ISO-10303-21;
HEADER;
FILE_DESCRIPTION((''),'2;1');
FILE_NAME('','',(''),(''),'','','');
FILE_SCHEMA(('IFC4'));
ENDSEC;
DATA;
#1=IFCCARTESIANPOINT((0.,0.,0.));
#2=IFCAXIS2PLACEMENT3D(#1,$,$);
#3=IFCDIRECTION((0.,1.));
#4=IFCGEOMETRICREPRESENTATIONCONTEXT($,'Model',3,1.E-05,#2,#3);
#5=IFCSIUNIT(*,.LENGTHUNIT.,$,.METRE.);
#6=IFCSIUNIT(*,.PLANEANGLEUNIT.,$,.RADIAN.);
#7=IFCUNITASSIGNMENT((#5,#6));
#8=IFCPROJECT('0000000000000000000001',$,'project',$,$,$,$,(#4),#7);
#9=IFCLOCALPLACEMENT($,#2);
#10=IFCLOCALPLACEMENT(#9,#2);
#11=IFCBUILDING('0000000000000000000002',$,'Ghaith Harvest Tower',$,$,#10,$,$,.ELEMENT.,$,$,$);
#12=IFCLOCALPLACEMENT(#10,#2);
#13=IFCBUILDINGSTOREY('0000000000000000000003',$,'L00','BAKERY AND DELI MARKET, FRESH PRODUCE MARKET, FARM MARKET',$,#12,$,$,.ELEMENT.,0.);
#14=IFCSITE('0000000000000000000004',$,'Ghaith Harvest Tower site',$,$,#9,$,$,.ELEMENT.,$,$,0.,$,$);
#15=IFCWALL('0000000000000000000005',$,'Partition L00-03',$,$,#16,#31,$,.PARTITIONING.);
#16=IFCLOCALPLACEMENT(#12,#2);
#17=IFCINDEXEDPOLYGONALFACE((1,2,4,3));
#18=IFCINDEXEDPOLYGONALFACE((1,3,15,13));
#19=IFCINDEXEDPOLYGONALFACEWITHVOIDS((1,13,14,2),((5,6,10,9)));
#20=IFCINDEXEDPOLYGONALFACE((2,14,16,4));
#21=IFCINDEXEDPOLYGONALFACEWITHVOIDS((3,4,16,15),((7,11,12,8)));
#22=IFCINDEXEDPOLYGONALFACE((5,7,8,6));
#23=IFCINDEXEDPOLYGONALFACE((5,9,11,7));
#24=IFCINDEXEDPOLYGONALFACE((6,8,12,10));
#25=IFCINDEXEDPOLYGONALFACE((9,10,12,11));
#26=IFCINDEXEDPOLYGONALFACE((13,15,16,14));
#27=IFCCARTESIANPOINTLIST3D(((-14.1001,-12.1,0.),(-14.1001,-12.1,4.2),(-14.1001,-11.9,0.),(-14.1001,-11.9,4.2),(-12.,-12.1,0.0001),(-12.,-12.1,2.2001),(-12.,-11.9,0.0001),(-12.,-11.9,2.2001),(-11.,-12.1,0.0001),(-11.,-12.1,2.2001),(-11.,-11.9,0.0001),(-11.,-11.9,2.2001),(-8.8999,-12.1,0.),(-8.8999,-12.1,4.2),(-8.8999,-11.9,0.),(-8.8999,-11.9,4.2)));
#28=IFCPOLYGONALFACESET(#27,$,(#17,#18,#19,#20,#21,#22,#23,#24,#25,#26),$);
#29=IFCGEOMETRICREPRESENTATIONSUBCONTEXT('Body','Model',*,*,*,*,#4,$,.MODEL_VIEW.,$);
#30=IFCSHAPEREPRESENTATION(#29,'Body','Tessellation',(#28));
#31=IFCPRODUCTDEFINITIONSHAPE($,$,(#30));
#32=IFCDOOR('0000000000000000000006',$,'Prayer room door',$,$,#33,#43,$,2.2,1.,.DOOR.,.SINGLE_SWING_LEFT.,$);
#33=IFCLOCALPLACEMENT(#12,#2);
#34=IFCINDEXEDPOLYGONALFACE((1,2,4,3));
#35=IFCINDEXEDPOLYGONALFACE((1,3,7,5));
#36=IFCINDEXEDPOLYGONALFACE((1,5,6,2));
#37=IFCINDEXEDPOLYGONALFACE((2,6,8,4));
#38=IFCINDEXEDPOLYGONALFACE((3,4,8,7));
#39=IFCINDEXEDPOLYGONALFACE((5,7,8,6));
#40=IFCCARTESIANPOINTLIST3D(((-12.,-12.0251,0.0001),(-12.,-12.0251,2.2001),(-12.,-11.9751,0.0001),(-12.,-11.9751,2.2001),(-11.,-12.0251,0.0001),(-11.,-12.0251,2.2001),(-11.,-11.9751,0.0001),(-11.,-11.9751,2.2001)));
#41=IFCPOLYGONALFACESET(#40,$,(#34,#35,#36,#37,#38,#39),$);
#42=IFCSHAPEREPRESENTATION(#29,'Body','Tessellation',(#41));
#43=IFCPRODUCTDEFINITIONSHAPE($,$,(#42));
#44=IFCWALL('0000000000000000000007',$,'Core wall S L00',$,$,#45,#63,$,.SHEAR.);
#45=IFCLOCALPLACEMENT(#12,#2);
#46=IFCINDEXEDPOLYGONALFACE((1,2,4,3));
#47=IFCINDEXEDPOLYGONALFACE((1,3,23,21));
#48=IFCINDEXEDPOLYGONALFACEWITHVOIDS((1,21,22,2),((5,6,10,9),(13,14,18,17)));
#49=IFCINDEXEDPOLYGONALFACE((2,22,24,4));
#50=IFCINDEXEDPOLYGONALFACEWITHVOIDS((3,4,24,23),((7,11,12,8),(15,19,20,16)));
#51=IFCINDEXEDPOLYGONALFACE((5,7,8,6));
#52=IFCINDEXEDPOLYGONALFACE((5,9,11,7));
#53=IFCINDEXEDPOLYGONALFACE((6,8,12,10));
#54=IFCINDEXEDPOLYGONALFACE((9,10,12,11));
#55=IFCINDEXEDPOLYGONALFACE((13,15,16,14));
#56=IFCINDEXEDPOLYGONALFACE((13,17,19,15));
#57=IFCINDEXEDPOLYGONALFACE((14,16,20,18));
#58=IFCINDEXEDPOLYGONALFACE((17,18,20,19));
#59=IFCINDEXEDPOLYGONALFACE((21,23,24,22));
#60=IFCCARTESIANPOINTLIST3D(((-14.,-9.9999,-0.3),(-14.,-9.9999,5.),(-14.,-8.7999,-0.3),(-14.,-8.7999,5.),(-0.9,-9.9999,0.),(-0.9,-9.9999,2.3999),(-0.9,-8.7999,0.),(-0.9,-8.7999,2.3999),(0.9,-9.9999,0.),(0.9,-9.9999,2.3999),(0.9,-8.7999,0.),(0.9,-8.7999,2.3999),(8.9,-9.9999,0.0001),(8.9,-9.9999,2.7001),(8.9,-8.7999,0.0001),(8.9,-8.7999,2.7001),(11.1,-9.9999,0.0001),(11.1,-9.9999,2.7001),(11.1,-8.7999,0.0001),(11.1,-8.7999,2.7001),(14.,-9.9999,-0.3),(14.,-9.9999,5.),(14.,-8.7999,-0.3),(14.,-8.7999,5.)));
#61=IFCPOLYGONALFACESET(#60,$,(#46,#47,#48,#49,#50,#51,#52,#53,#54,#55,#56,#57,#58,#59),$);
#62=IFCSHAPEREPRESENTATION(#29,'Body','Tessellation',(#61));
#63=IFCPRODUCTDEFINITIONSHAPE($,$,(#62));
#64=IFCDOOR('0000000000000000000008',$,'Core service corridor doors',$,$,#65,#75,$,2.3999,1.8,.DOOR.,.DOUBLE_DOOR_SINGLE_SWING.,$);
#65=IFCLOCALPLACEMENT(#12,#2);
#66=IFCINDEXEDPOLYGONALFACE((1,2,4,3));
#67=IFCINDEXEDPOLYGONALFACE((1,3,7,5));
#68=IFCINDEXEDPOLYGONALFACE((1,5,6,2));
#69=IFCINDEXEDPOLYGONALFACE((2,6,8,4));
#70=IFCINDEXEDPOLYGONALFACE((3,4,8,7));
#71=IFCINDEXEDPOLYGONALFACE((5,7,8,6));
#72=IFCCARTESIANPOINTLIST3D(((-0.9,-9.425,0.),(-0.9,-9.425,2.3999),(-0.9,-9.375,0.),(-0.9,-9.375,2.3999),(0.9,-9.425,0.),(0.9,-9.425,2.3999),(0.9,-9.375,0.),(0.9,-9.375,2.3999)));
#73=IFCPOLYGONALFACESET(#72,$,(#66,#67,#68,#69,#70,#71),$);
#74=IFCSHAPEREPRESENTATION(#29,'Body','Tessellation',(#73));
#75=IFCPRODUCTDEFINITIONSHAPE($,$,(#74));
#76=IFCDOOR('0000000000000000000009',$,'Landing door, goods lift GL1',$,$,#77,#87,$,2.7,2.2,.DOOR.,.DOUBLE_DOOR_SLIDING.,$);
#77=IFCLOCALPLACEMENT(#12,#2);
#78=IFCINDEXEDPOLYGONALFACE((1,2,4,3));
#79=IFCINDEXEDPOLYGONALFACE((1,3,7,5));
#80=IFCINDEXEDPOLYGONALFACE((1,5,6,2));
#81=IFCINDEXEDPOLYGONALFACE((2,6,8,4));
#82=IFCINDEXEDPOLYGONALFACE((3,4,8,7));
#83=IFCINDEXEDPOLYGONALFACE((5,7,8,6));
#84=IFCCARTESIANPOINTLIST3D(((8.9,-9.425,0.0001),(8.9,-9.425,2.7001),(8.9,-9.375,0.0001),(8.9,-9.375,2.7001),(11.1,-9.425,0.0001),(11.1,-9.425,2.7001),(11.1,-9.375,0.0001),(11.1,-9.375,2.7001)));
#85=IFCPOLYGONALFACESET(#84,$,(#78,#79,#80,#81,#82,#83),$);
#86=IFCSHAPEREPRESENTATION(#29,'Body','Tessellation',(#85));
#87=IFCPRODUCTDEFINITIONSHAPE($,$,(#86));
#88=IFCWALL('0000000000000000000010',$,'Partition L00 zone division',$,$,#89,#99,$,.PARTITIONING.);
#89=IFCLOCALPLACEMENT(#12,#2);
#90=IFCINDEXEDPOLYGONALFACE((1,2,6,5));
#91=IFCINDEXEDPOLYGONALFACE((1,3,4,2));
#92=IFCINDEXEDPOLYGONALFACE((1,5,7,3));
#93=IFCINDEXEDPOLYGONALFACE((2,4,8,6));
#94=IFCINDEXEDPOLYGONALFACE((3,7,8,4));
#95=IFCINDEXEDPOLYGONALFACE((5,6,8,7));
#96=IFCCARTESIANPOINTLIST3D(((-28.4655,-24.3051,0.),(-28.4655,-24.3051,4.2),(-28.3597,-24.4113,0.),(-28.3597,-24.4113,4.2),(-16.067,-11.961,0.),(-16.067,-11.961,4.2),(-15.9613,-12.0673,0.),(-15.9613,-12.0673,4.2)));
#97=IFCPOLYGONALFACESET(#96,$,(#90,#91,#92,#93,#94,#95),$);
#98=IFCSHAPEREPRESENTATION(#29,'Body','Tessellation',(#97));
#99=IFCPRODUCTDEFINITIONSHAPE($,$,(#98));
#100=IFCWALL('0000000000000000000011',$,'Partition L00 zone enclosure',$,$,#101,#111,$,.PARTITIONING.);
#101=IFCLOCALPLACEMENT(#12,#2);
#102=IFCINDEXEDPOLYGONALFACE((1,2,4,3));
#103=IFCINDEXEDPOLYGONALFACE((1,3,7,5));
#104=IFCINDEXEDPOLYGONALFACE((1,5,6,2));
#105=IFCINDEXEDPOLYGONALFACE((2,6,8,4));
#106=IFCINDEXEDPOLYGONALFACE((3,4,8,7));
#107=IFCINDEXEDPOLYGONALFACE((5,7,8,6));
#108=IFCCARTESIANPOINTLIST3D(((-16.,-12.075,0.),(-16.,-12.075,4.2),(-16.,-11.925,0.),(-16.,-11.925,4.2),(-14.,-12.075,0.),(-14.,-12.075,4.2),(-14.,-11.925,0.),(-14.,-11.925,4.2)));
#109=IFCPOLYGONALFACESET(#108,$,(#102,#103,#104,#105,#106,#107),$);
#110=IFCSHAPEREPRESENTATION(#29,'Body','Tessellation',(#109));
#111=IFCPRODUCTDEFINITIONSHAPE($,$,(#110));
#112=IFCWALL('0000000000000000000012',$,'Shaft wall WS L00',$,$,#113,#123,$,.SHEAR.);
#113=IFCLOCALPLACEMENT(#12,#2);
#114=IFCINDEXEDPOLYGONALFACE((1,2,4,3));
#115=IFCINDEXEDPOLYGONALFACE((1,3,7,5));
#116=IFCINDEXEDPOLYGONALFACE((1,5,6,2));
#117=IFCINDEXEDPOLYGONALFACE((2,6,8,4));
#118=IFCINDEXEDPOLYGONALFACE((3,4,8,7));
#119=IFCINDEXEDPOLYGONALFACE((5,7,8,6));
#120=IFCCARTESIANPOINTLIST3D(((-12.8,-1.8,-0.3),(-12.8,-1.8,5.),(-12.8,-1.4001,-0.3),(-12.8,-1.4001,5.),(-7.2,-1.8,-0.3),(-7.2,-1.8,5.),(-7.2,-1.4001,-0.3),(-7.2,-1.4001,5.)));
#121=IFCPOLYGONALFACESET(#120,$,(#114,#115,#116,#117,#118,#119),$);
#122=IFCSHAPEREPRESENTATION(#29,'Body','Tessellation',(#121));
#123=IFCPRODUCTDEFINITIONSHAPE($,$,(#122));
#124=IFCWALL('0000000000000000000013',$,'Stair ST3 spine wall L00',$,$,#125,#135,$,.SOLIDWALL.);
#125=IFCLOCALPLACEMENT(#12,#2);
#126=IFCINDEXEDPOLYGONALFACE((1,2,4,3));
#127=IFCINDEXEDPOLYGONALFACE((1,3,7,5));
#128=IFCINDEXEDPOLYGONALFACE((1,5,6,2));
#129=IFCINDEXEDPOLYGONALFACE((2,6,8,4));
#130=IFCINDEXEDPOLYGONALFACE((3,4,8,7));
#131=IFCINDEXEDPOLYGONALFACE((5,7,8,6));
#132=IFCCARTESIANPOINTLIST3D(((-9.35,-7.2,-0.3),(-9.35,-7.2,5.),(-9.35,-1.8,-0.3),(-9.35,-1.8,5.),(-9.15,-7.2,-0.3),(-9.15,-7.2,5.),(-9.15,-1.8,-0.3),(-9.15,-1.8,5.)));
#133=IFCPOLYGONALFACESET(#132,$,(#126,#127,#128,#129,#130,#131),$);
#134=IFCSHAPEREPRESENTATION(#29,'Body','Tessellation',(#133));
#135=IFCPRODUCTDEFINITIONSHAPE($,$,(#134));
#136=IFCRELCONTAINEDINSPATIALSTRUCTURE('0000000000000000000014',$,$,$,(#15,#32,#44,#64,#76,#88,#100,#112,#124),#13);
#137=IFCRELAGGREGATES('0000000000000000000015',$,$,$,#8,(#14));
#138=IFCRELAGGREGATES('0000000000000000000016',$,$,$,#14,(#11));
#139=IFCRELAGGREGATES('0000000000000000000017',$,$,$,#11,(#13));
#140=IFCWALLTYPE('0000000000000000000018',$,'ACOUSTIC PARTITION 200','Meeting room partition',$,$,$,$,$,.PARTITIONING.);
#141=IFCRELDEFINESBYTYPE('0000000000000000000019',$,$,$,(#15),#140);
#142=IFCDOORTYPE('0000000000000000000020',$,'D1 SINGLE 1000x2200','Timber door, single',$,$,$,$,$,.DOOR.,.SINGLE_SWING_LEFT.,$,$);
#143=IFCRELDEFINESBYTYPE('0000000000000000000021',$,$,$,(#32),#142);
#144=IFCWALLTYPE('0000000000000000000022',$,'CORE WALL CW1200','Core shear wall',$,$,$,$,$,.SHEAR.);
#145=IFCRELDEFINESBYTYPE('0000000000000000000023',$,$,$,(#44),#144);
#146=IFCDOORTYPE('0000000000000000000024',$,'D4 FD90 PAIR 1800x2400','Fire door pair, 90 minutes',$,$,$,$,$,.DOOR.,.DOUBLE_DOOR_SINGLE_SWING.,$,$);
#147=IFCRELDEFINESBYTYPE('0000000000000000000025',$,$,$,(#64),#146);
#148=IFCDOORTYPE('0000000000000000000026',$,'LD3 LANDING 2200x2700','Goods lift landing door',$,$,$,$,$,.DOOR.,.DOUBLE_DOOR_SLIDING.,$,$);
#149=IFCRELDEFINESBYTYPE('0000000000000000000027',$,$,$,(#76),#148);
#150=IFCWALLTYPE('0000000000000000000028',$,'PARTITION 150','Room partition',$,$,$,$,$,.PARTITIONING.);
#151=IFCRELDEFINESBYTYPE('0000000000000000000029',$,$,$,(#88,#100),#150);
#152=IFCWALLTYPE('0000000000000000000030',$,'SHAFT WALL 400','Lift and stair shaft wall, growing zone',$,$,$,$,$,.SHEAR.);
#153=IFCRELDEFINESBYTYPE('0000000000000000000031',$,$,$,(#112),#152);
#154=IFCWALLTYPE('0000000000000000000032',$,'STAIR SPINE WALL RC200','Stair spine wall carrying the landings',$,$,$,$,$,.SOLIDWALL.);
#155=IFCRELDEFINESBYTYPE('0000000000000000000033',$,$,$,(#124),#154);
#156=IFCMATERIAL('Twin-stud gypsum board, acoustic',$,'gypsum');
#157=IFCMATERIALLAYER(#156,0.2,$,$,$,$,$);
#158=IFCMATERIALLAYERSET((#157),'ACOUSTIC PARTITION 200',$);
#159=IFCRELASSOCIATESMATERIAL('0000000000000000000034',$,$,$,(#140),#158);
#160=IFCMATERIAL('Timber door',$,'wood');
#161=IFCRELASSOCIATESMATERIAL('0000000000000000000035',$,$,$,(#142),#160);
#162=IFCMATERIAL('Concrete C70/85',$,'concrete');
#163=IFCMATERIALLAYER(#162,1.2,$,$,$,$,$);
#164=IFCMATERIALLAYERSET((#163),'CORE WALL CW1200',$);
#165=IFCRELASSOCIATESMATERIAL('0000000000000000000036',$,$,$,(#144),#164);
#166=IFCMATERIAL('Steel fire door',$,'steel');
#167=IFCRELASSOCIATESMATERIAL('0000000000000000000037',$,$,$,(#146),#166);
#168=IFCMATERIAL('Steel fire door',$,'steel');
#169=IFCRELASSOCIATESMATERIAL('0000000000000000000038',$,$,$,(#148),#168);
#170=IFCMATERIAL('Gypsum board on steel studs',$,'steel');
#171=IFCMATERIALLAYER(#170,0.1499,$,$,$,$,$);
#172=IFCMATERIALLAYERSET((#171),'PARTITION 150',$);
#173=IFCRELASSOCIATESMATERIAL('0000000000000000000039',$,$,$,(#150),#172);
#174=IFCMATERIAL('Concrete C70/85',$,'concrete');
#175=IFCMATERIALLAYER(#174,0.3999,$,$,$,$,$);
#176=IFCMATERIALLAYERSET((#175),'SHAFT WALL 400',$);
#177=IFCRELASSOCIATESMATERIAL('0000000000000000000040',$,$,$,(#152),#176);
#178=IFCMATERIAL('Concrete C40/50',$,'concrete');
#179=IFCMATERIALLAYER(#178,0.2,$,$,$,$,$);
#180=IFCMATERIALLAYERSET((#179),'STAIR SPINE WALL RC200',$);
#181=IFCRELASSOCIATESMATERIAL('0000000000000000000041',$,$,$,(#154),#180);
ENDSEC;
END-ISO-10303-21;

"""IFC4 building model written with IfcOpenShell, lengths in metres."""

from ifc_helpers import new_model, si_unit, direction, frame, frame_2d, origin, place, context, subcontext, project, spatial, rectangle, extrude, material, layer, layer_set, type_object, element, fill, save


model = new_model("IFC4")

# Units and contexts
model_context = context("Model", 3, precision=1e-05, world=origin(), true_north=direction((0.0, 1.0)))
body_context = subcontext(model_context, "Body", "Model", "MODEL_VIEW")
ifc_project = project(units=[si_unit("LENGTHUNIT", "METRE"), si_unit("PLANEANGLEUNIT", "RADIAN")], contexts=[model_context])

# Site, building, storey
site_placement = place(None, origin())
site = spatial("IfcSite", under=ifc_project, at=site_placement, Name="Ghaith Harvest Tower site", CompositionType="ELEMENT", RefElevation=0.0)
building_placement = place(site_placement, origin())
building = spatial("IfcBuilding", under=site, at=building_placement, Name="Ghaith Harvest Tower", CompositionType="ELEMENT")
storey_placement = place(building_placement, origin())
storey = spatial("IfcBuildingStorey", under=building, at=storey_placement, Name="L00", Description="BAKERY AND DELI MARKET, FRESH PRODUCE MARKET, FARM MARKET", CompositionType="ELEMENT", Elevation=0.0)

# Wall, opening, door
ifc_material_1 = material(Name="Twin-stud gypsum board, acoustic", Category="gypsum")
ifc_layer_1 = layer(ifc_material_1, 0.2)
ifc_layer_set_1 = layer_set([ifc_layer_1], Name="ACOUSTIC PARTITION 200")
wall_type_1 = type_object("IfcWallType", Name="ACOUSTIC PARTITION 200", Description="Meeting room partition", PredefinedType="PARTITIONING", material=ifc_layer_set_1)
wall_1_placement = place(storey_placement, frame((-14.1001, -12.0, 0.0), z_axis=(0.0, 0.0, 1.0), x_axis=(1.0, 0.0, 0.0)))
wall_1 = element("IfcWall", 1, at=wall_1_placement, inside=storey, type_object=wall_type_1, Name="Partition L00-03", PredefinedType="PARTITIONING", context=body_context, shape_type="SweptSolid", body=[
    extrude(rectangle(XDim=5.2002, YDim=0.2, at=frame_2d((2.6001, 0.0))), origin(), (0.0, 0.0, 1.0), 4.2),
])
opening_1_placement = place(wall_1_placement, frame((2.1001, 0.0, 0.0)))
opening_1 = element("IfcOpeningElement", 2, at=opening_1_placement, cuts=wall_1, PredefinedType="OPENING", context=body_context, shape_type="SweptSolid", body=[
    extrude(rectangle(XDim=1.0, YDim=2.2, at=frame_2d((0.5, 1.1001))), frame((0.0, 0.1099, 0.0), z_axis=(0.0, -1.0, 0.0), x_axis=(1.0, 0.0, 0.0)), (0.0, 0.0, 1.0), 0.22),
])
ifc_material_2 = material(Name="Timber door", Category="wood")
door_type_1 = type_object("IfcDoorType", Name="D1 SINGLE 1000x2200", Description="Timber door, single", OperationType="SINGLE_SWING_LEFT", PredefinedType="DOOR", material=ifc_material_2)
door_1_placement = place(opening_1_placement, origin())
door_1 = element("IfcDoor", 3, at=door_1_placement, inside=storey, type_object=door_type_1, Name="Prayer room door", OperationType="SINGLE_SWING_LEFT", OverallHeight=2.2, OverallWidth=1.0, PredefinedType="DOOR", context=body_context, shape_type="SweptSolid", body=[
    extrude(rectangle(XDim=1.0, YDim=2.2, at=frame_2d((0.5, 1.1001))), frame((0.0, 0.0249, 0.0), z_axis=(0.0, -1.0, 0.0), x_axis=(1.0, 0.0, 0.0)), (0.0, 0.0, 1.0), 0.05),
])
fill(opening_1, door_1)

# Wall, openings, doors
ifc_material_3 = material(Name="Concrete C70/85", Category="concrete")
ifc_layer_2 = layer(ifc_material_3, 1.2)
ifc_layer_set_2 = layer_set([ifc_layer_2], Name="CORE WALL CW1200")
wall_type_2 = type_object("IfcWallType", Name="CORE WALL CW1200", Description="Core shear wall", PredefinedType="SHEAR", material=ifc_layer_set_2)
wall_2_placement = place(storey_placement, frame((-14.0, -9.3999, -0.3), z_axis=(0.0, 0.0, 1.0), x_axis=(1.0, 0.0, 0.0)))
wall_2 = element("IfcWall", 4, at=wall_2_placement, inside=storey, type_object=wall_type_2, Name="Core wall S L00", PredefinedType="SHEAR", context=body_context, shape_type="SweptSolid", body=[
    extrude(rectangle(XDim=28.0, YDim=1.2, at=frame_2d((14.0, 0.0))), origin(), (0.0, 0.0, 1.0), 5.3),
])
opening_2_placement = place(wall_2_placement, frame((13.1001, 0.0, 0.3)))
opening_2 = element("IfcOpeningElement", 5, at=opening_2_placement, cuts=wall_2, PredefinedType="OPENING", context=body_context, shape_type="SweptSolid", body=[
    extrude(rectangle(XDim=1.8, YDim=2.3999, at=frame_2d((0.8999, 1.2))), frame((0.0, 0.6099, 0.0), z_axis=(0.0, -1.0, 0.0), x_axis=(1.0, 0.0, 0.0)), (0.0, 0.0, 1.0), 1.22),
])
opening_3_placement = place(wall_2_placement, frame((22.8999, 0.0, 0.3)))
opening_3 = element("IfcOpeningElement", 6, at=opening_3_placement, cuts=wall_2, PredefinedType="OPENING", context=body_context, shape_type="SweptSolid", body=[
    extrude(rectangle(XDim=2.2, YDim=2.7, at=frame_2d((1.1001, 1.3501))), frame((0.0, 0.6099, 0.0), z_axis=(0.0, -1.0, 0.0), x_axis=(1.0, 0.0, 0.0)), (0.0, 0.0, 1.0), 1.22),
])
ifc_material_4 = material(Name="Steel fire door", Category="steel")
door_type_2 = type_object("IfcDoorType", Name="D4 FD90 PAIR 1800x2400", Description="Fire door pair, 90 minutes", OperationType="DOUBLE_DOOR_SINGLE_SWING", PredefinedType="DOOR", material=ifc_material_4)
door_2_placement = place(opening_2_placement, origin())
door_2 = element("IfcDoor", 7, at=door_2_placement, inside=storey, type_object=door_type_2, Name="Core service corridor doors", OperationType="DOUBLE_DOOR_SINGLE_SWING", OverallHeight=2.3999, OverallWidth=1.8, PredefinedType="DOOR", context=body_context, shape_type="SweptSolid", body=[
    extrude(rectangle(XDim=1.8, YDim=2.3999, at=frame_2d((0.8999, 1.2))), frame((0.0, 0.0249, 0.0), z_axis=(0.0, -1.0, 0.0), x_axis=(1.0, 0.0, 0.0)), (0.0, 0.0, 1.0), 0.05),
])
fill(opening_2, door_2)
ifc_material_5 = material(Name="Steel fire door", Category="steel")
door_type_3 = type_object("IfcDoorType", Name="LD3 LANDING 2200x2700", Description="Goods lift landing door", OperationType="DOUBLE_DOOR_SLIDING", PredefinedType="DOOR", material=ifc_material_5)
door_3_placement = place(opening_3_placement, origin())
door_3 = element("IfcDoor", 8, at=door_3_placement, inside=storey, type_object=door_type_3, Name="Landing door, goods lift GL1", OperationType="DOUBLE_DOOR_SLIDING", OverallHeight=2.7, OverallWidth=2.2, PredefinedType="DOOR", context=body_context, shape_type="SweptSolid", body=[
    extrude(rectangle(XDim=2.2, YDim=2.7, at=frame_2d((1.1001, 1.3501))), frame((0.0, 0.0249, 0.0), z_axis=(0.0, -1.0, 0.0), x_axis=(1.0, 0.0, 0.0)), (0.0, 0.0, 1.0), 0.05),
])
fill(opening_3, door_3)

# Walls
ifc_material_6 = material(Name="Gypsum board on steel studs", Category="steel")
ifc_layer_3 = layer(ifc_material_6, 0.1499)
ifc_layer_set_3 = layer_set([ifc_layer_3], Name="PARTITION 150")
wall_type_3 = type_object("IfcWallType", Name="PARTITION 150", Description="Room partition", PredefinedType="PARTITIONING", material=ifc_layer_set_3)
wall_3_placement = place(storey_placement, frame((-16.0142, -12.0142, 0.0), z_axis=(0.0, 0.0, 1.0), x_axis=(-0.708661, -0.705549, 0.0)))
element("IfcWall", 9, at=wall_3_placement, inside=storey, type_object=wall_type_3, Name="Partition L00 zone division", PredefinedType="PARTITIONING", context=body_context, shape_type="SweptSolid", body=[
    extrude(rectangle(XDim=17.4956, YDim=0.1499, at=frame_2d((8.7478, 0.0))), origin(), (0.0, 0.0, 1.0), 4.2),
])
wall_4_placement = place(storey_placement, frame((-16.0, -12.0, 0.0), z_axis=(0.0, 0.0, 1.0), x_axis=(1.0, 0.0, 0.0)))
element("IfcWall", 10, at=wall_4_placement, inside=storey, type_object=wall_type_3, Name="Partition L00 zone enclosure", PredefinedType="PARTITIONING", context=body_context, shape_type="SweptSolid", body=[
    extrude(rectangle(XDim=2.0, YDim=0.1499, at=frame_2d((1.0, 0.0))), origin(), (0.0, 0.0, 1.0), 4.2),
])
ifc_material_7 = material(Name="Concrete C70/85", Category="concrete")
ifc_layer_4 = layer(ifc_material_7, 0.3999)
ifc_layer_set_4 = layer_set([ifc_layer_4], Name="SHAFT WALL 400")
wall_type_4 = type_object("IfcWallType", Name="SHAFT WALL 400", Description="Lift and stair shaft wall, growing zone", PredefinedType="SHEAR", material=ifc_layer_set_4)
wall_5_placement = place(storey_placement, frame((-12.8, -1.6001, -0.3), z_axis=(0.0, 0.0, 1.0), x_axis=(1.0, 0.0, 0.0)))
element("IfcWall", 11, at=wall_5_placement, inside=storey, type_object=wall_type_4, Name="Shaft wall WS L00", PredefinedType="SHEAR", context=body_context, shape_type="SweptSolid", body=[
    extrude(rectangle(XDim=5.6001, YDim=0.3999, at=frame_2d((2.8, 0.0))), origin(), (0.0, 0.0, 1.0), 5.3),
])
ifc_material_8 = material(Name="Concrete C40/50", Category="concrete")
ifc_layer_5 = layer(ifc_material_8, 0.2)
ifc_layer_set_5 = layer_set([ifc_layer_5], Name="STAIR SPINE WALL RC200")
wall_type_5 = type_object("IfcWallType", Name="STAIR SPINE WALL RC200", Description="Stair spine wall carrying the landings", PredefinedType="SOLIDWALL", material=ifc_layer_set_5)
wall_6_placement = place(storey_placement, frame((-9.25, -7.2, -0.3), z_axis=(0.0, 0.0, 1.0), x_axis=(0.0, 1.0, 0.0)))
element("IfcWall", 12, at=wall_6_placement, inside=storey, type_object=wall_type_5, Name="Stair ST3 spine wall L00", PredefinedType="SOLIDWALL", context=body_context, shape_type="SweptSolid", body=[
    extrude(rectangle(XDim=5.3999, YDim=0.2, at=frame_2d((2.7, 0.0))), origin(), (0.0, 0.0, 1.0), 5.3),
])

save(model, "model.ifc")
